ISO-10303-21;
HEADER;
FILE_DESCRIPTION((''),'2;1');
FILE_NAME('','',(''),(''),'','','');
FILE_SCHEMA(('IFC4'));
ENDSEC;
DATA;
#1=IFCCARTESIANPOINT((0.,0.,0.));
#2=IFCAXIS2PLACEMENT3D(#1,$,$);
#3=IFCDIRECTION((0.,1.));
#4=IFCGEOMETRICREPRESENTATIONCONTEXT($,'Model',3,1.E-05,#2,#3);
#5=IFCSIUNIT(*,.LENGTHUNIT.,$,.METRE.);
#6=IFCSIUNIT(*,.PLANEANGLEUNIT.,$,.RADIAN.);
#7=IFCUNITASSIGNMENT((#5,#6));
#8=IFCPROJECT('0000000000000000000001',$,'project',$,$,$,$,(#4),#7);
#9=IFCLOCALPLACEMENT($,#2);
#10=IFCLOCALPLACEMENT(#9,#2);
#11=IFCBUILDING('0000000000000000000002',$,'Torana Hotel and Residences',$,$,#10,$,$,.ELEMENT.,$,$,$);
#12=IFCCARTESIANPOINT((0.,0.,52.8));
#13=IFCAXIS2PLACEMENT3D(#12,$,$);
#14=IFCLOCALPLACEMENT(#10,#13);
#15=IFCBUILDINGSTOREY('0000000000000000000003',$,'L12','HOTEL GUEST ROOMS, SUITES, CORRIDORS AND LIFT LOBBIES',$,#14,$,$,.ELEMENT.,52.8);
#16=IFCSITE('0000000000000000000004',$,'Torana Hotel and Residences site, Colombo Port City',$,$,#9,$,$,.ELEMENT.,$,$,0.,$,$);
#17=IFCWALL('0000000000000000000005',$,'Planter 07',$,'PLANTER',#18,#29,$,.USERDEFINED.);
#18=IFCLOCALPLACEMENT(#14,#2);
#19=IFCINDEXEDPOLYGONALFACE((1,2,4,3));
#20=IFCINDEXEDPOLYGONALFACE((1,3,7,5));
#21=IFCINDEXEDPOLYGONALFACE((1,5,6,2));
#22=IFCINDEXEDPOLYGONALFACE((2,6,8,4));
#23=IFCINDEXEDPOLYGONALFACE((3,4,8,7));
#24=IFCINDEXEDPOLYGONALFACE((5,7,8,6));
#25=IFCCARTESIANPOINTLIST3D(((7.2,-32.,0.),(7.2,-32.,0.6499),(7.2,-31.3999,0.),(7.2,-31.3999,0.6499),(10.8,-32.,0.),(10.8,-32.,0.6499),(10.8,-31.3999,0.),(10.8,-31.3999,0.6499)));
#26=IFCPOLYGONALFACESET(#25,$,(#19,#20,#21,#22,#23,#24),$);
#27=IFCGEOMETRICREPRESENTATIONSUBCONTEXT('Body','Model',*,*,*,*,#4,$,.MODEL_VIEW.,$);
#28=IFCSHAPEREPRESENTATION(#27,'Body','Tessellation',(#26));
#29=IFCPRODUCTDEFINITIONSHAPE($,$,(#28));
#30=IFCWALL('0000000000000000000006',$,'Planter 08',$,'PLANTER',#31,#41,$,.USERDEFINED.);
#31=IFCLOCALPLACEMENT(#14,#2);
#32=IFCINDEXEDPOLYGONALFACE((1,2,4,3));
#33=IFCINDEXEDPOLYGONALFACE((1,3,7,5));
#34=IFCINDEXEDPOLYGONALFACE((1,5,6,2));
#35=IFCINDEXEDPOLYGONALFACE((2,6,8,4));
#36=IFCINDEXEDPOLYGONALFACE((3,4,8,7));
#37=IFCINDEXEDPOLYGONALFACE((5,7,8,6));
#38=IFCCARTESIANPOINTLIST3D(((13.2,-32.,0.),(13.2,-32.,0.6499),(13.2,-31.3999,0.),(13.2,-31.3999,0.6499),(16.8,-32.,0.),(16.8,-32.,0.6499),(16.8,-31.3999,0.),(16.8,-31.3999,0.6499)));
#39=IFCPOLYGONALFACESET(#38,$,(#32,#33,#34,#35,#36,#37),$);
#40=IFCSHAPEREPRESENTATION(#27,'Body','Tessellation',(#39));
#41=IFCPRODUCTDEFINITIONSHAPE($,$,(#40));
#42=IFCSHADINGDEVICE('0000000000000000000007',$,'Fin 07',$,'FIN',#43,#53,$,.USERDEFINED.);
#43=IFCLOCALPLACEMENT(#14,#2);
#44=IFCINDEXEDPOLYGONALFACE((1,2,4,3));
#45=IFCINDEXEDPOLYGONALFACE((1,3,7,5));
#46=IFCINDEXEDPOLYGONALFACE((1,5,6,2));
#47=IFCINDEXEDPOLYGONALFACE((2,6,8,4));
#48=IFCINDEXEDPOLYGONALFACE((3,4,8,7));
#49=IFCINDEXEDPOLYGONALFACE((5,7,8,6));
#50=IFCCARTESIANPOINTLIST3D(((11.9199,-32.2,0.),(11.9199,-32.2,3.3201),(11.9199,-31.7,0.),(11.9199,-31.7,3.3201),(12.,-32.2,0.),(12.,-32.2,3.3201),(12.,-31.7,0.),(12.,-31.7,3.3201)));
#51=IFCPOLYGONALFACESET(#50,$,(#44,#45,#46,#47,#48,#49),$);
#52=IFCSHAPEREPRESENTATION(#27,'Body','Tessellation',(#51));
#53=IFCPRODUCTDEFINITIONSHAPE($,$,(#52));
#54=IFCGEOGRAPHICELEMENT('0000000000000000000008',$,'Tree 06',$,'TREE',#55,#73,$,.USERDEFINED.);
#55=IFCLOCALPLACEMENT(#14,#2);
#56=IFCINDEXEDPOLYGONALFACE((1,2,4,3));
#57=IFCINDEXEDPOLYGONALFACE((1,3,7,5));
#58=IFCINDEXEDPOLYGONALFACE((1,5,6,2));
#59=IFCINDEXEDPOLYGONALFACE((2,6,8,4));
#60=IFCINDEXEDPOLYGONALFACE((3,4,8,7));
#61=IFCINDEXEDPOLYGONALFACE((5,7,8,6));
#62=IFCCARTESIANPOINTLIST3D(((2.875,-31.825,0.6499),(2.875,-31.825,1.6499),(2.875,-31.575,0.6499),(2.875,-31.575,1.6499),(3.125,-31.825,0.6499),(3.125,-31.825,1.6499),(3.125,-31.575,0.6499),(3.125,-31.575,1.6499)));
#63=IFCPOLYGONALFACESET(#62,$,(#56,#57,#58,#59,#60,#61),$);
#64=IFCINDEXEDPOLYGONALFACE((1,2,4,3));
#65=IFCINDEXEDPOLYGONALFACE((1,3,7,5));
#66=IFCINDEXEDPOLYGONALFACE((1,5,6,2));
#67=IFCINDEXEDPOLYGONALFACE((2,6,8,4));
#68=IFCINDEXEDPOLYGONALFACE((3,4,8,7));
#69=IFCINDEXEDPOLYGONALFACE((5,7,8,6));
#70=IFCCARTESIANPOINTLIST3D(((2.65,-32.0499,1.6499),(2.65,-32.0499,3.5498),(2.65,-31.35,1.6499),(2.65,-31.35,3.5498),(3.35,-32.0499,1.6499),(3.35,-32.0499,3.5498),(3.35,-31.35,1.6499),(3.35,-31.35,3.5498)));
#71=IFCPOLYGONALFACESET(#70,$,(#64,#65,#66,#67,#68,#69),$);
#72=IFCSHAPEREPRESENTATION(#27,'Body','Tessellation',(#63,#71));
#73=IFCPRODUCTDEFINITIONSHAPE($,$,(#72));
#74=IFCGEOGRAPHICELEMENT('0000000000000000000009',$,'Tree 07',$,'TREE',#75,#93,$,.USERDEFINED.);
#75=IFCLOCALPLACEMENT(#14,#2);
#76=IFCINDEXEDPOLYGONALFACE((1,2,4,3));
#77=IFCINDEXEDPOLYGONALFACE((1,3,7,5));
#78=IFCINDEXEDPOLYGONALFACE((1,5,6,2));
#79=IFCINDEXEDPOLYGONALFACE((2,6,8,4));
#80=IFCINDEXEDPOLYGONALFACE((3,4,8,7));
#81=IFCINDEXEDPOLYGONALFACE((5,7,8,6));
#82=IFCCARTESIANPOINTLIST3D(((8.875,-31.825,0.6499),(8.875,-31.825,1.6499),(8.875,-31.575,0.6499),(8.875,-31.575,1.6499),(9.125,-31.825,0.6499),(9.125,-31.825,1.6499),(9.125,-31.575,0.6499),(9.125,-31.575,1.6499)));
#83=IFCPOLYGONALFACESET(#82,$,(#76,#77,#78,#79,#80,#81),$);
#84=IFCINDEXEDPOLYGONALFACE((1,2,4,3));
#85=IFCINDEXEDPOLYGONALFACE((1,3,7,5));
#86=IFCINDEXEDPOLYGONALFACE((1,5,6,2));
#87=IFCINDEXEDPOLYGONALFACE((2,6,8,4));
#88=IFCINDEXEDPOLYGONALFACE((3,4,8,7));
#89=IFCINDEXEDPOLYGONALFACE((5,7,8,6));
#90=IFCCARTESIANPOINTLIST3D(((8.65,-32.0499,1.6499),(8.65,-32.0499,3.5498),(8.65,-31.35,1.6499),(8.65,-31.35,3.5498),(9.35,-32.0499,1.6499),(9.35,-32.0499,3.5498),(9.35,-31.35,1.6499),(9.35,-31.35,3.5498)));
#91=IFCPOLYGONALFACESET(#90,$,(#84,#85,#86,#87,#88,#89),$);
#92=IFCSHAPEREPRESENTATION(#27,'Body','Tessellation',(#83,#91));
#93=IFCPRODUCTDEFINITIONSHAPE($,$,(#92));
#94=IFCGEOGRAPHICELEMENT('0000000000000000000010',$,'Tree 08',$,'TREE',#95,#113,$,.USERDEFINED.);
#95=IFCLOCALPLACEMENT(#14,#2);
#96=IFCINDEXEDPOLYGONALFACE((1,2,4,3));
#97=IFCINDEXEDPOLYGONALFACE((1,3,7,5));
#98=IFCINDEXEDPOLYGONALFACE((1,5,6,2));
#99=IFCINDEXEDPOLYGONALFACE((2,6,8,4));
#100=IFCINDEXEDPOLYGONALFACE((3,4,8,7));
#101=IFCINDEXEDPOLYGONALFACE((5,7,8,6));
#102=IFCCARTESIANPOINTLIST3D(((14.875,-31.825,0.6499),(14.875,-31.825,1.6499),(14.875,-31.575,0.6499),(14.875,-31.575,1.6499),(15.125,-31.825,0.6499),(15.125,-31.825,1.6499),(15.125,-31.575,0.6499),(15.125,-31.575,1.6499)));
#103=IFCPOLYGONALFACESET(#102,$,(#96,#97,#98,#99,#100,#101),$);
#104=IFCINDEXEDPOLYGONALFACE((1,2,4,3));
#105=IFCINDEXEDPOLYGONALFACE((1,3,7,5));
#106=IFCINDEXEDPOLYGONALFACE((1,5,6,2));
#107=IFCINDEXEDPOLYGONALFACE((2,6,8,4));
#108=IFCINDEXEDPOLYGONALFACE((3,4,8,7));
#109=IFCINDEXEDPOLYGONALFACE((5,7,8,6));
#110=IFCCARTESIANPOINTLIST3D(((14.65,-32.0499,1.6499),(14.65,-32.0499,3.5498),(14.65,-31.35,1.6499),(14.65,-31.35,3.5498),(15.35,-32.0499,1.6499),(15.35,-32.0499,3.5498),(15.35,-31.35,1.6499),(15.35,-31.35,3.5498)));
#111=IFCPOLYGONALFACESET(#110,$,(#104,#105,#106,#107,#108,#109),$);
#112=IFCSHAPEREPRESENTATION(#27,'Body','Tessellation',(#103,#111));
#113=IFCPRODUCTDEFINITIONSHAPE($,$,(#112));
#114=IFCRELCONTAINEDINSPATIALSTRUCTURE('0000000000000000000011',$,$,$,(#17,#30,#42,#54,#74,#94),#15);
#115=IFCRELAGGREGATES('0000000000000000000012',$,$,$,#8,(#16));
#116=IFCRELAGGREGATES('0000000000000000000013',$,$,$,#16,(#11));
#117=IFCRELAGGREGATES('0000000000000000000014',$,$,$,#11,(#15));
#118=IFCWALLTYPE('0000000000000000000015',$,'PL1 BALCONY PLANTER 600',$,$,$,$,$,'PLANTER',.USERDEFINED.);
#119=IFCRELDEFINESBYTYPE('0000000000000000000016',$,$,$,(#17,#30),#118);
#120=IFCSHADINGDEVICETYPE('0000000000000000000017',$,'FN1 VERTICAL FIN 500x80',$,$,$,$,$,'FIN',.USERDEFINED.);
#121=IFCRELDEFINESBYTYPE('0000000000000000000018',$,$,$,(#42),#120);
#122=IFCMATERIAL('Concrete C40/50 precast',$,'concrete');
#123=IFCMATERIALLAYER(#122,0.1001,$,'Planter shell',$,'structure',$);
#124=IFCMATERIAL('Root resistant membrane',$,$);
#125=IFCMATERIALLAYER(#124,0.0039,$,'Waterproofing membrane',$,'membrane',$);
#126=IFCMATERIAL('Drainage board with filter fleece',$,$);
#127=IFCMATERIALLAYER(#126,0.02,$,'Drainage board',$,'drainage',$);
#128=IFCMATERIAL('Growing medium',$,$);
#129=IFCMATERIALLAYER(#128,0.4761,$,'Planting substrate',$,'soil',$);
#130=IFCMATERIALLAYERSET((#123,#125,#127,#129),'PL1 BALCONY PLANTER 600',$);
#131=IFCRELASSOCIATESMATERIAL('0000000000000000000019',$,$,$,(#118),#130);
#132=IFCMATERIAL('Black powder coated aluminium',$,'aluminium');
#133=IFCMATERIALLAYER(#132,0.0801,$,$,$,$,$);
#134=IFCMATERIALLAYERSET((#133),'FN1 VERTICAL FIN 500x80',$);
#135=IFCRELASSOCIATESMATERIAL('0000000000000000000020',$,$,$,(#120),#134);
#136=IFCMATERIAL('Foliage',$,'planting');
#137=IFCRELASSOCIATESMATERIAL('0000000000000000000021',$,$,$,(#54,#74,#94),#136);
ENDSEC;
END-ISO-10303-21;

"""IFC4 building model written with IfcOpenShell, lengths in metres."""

from ifc_helpers import new_model, si_unit, direction, frame, frame_2d, origin, origin_2d, place, context, subcontext, project, spatial, rectangle, extrude, material, layer, layer_set, type_object, element, save


model = new_model("IFC4")

# Units and contexts
model_context = context("Model", 3, precision=1e-05, world=origin(), true_north=direction((0.0, 1.0)))
body_context = subcontext(model_context, "Body", "Model", "MODEL_VIEW")
ifc_project = project(units=[si_unit("LENGTHUNIT", "METRE"), si_unit("PLANEANGLEUNIT", "RADIAN")], contexts=[model_context])

# Site, building, storey
site_placement = place(None, origin())
site = spatial("IfcSite", under=ifc_project, at=site_placement, Name="Torana Hotel and Residences site, Colombo Port City", CompositionType="ELEMENT", RefElevation=0.0)
building_placement = place(site_placement, origin())
building = spatial("IfcBuilding", under=site, at=building_placement, Name="Torana Hotel and Residences", CompositionType="ELEMENT")
storey_placement = place(building_placement, frame((0.0, 0.0, 52.8)))
storey = spatial("IfcBuildingStorey", under=building, at=storey_placement, Name="L12", Description="HOTEL GUEST ROOMS, SUITES, CORRIDORS AND LIFT LOBBIES", CompositionType="ELEMENT", Elevation=52.8)

# Walls
ifc_material_1 = material(Name="Concrete C40/50 precast", Category="concrete")
ifc_layer_1 = layer(ifc_material_1, 0.1001, Name="Planter shell", Category="structure")
ifc_material_2 = material(Name="Root resistant membrane")
ifc_layer_2 = layer(ifc_material_2, 0.0039, Name="Waterproofing membrane", Category="membrane")
ifc_material_3 = material(Name="Drainage board with filter fleece")
ifc_layer_3 = layer(ifc_material_3, 0.02, Name="Drainage board", Category="drainage")
ifc_material_4 = material(Name="Growing medium")
ifc_layer_4 = layer(ifc_material_4, 0.4761, Name="Planting substrate", Category="soil")
ifc_layer_set_1 = layer_set([ifc_layer_1, ifc_layer_2, ifc_layer_3, ifc_layer_4], Name="PL1 BALCONY PLANTER 600")
wall_type_1 = type_object("IfcWallType", Name="PL1 BALCONY PLANTER 600", ElementType="PLANTER", PredefinedType="USERDEFINED", material=ifc_layer_set_1)
for number, where, z_axis, x_axis, name in (
    (1, (10.8, -31.7, 0.0), (0.0, 0.0, 1.0), (-1.0, 0.0, 0.0), "Planter 07"),
    (2, (16.8, -31.7, 0.0), (0.0, 0.0, 1.0), (-1.0, 0.0, 0.0), "Planter 08"),
):
    element("IfcWall", number, at=place(storey_placement, frame(where, z_axis=z_axis, x_axis=x_axis)), inside=storey, type_object=wall_type_1, Name=name, ObjectType="PLANTER", PredefinedType="USERDEFINED", context=body_context, shape_type="SweptSolid", body=[
        extrude(rectangle(XDim=3.6001, YDim=0.6001, at=frame_2d((1.8, 0.0))), origin(), (0.0, 0.0, 1.0), 0.6499),
    ])

# Shading device
ifc_material_5 = material(Name="Black powder coated aluminium", Category="aluminium")
ifc_layer_5 = layer(ifc_material_5, 0.0801)
ifc_layer_set_2 = layer_set([ifc_layer_5], Name="FN1 VERTICAL FIN 500x80")
shading_device_type = type_object("IfcShadingDeviceType", Name="FN1 VERTICAL FIN 500x80", ElementType="FIN", PredefinedType="USERDEFINED", material=ifc_layer_set_2)
shading_device_placement = place(storey_placement, frame((11.96, -31.95, 0.0), z_axis=(0.0, 0.0, 1.0), x_axis=(-1.0, 0.0, 0.0)))
element("IfcShadingDevice", 3, at=shading_device_placement, inside=storey, type_object=shading_device_type, Name="Fin 07", ObjectType="FIN", PredefinedType="USERDEFINED", context=body_context, shape_type="SweptSolid", body=[
    extrude(rectangle(XDim=0.0801, YDim=0.5, at=origin_2d()), origin(), (0.0, 0.0, 1.0), 3.3201),
])

# Geographic elements
ifc_material_6 = material(Name="Foliage", Category="planting")
for number, where, z_axis, x_axis, name in (
    (4, (3.0, -31.7, 0.6499), (0.0, 0.0, 1.0), (1.0, 0.0, 0.0), "Tree 06"),
    (5, (9.0, -31.7, 0.6499), (0.0, 0.0, 1.0), (1.0, 0.0, 0.0), "Tree 07"),
    (6, (15.0, -31.7, 0.6499), (0.0, 0.0, 1.0), (1.0, 0.0, 0.0), "Tree 08"),
):
    element("IfcGeographicElement", number, at=place(storey_placement, frame(where, z_axis=z_axis, x_axis=x_axis)), inside=storey, material=ifc_material_6, Name=name, ObjectType="TREE", PredefinedType="USERDEFINED", context=body_context, shape_type="SweptSolid", body=[
        extrude(rectangle(XDim=0.25, YDim=0.25, at=origin_2d()), origin(), (0.0, 0.0, 1.0), 1.0),
        extrude(rectangle(XDim=0.7, YDim=0.7, at=origin_2d()), frame((0.0, 0.0, 1.0)), (0.0, 0.0, 1.0), 1.8999),
    ])

save(model, "model.ifc")
